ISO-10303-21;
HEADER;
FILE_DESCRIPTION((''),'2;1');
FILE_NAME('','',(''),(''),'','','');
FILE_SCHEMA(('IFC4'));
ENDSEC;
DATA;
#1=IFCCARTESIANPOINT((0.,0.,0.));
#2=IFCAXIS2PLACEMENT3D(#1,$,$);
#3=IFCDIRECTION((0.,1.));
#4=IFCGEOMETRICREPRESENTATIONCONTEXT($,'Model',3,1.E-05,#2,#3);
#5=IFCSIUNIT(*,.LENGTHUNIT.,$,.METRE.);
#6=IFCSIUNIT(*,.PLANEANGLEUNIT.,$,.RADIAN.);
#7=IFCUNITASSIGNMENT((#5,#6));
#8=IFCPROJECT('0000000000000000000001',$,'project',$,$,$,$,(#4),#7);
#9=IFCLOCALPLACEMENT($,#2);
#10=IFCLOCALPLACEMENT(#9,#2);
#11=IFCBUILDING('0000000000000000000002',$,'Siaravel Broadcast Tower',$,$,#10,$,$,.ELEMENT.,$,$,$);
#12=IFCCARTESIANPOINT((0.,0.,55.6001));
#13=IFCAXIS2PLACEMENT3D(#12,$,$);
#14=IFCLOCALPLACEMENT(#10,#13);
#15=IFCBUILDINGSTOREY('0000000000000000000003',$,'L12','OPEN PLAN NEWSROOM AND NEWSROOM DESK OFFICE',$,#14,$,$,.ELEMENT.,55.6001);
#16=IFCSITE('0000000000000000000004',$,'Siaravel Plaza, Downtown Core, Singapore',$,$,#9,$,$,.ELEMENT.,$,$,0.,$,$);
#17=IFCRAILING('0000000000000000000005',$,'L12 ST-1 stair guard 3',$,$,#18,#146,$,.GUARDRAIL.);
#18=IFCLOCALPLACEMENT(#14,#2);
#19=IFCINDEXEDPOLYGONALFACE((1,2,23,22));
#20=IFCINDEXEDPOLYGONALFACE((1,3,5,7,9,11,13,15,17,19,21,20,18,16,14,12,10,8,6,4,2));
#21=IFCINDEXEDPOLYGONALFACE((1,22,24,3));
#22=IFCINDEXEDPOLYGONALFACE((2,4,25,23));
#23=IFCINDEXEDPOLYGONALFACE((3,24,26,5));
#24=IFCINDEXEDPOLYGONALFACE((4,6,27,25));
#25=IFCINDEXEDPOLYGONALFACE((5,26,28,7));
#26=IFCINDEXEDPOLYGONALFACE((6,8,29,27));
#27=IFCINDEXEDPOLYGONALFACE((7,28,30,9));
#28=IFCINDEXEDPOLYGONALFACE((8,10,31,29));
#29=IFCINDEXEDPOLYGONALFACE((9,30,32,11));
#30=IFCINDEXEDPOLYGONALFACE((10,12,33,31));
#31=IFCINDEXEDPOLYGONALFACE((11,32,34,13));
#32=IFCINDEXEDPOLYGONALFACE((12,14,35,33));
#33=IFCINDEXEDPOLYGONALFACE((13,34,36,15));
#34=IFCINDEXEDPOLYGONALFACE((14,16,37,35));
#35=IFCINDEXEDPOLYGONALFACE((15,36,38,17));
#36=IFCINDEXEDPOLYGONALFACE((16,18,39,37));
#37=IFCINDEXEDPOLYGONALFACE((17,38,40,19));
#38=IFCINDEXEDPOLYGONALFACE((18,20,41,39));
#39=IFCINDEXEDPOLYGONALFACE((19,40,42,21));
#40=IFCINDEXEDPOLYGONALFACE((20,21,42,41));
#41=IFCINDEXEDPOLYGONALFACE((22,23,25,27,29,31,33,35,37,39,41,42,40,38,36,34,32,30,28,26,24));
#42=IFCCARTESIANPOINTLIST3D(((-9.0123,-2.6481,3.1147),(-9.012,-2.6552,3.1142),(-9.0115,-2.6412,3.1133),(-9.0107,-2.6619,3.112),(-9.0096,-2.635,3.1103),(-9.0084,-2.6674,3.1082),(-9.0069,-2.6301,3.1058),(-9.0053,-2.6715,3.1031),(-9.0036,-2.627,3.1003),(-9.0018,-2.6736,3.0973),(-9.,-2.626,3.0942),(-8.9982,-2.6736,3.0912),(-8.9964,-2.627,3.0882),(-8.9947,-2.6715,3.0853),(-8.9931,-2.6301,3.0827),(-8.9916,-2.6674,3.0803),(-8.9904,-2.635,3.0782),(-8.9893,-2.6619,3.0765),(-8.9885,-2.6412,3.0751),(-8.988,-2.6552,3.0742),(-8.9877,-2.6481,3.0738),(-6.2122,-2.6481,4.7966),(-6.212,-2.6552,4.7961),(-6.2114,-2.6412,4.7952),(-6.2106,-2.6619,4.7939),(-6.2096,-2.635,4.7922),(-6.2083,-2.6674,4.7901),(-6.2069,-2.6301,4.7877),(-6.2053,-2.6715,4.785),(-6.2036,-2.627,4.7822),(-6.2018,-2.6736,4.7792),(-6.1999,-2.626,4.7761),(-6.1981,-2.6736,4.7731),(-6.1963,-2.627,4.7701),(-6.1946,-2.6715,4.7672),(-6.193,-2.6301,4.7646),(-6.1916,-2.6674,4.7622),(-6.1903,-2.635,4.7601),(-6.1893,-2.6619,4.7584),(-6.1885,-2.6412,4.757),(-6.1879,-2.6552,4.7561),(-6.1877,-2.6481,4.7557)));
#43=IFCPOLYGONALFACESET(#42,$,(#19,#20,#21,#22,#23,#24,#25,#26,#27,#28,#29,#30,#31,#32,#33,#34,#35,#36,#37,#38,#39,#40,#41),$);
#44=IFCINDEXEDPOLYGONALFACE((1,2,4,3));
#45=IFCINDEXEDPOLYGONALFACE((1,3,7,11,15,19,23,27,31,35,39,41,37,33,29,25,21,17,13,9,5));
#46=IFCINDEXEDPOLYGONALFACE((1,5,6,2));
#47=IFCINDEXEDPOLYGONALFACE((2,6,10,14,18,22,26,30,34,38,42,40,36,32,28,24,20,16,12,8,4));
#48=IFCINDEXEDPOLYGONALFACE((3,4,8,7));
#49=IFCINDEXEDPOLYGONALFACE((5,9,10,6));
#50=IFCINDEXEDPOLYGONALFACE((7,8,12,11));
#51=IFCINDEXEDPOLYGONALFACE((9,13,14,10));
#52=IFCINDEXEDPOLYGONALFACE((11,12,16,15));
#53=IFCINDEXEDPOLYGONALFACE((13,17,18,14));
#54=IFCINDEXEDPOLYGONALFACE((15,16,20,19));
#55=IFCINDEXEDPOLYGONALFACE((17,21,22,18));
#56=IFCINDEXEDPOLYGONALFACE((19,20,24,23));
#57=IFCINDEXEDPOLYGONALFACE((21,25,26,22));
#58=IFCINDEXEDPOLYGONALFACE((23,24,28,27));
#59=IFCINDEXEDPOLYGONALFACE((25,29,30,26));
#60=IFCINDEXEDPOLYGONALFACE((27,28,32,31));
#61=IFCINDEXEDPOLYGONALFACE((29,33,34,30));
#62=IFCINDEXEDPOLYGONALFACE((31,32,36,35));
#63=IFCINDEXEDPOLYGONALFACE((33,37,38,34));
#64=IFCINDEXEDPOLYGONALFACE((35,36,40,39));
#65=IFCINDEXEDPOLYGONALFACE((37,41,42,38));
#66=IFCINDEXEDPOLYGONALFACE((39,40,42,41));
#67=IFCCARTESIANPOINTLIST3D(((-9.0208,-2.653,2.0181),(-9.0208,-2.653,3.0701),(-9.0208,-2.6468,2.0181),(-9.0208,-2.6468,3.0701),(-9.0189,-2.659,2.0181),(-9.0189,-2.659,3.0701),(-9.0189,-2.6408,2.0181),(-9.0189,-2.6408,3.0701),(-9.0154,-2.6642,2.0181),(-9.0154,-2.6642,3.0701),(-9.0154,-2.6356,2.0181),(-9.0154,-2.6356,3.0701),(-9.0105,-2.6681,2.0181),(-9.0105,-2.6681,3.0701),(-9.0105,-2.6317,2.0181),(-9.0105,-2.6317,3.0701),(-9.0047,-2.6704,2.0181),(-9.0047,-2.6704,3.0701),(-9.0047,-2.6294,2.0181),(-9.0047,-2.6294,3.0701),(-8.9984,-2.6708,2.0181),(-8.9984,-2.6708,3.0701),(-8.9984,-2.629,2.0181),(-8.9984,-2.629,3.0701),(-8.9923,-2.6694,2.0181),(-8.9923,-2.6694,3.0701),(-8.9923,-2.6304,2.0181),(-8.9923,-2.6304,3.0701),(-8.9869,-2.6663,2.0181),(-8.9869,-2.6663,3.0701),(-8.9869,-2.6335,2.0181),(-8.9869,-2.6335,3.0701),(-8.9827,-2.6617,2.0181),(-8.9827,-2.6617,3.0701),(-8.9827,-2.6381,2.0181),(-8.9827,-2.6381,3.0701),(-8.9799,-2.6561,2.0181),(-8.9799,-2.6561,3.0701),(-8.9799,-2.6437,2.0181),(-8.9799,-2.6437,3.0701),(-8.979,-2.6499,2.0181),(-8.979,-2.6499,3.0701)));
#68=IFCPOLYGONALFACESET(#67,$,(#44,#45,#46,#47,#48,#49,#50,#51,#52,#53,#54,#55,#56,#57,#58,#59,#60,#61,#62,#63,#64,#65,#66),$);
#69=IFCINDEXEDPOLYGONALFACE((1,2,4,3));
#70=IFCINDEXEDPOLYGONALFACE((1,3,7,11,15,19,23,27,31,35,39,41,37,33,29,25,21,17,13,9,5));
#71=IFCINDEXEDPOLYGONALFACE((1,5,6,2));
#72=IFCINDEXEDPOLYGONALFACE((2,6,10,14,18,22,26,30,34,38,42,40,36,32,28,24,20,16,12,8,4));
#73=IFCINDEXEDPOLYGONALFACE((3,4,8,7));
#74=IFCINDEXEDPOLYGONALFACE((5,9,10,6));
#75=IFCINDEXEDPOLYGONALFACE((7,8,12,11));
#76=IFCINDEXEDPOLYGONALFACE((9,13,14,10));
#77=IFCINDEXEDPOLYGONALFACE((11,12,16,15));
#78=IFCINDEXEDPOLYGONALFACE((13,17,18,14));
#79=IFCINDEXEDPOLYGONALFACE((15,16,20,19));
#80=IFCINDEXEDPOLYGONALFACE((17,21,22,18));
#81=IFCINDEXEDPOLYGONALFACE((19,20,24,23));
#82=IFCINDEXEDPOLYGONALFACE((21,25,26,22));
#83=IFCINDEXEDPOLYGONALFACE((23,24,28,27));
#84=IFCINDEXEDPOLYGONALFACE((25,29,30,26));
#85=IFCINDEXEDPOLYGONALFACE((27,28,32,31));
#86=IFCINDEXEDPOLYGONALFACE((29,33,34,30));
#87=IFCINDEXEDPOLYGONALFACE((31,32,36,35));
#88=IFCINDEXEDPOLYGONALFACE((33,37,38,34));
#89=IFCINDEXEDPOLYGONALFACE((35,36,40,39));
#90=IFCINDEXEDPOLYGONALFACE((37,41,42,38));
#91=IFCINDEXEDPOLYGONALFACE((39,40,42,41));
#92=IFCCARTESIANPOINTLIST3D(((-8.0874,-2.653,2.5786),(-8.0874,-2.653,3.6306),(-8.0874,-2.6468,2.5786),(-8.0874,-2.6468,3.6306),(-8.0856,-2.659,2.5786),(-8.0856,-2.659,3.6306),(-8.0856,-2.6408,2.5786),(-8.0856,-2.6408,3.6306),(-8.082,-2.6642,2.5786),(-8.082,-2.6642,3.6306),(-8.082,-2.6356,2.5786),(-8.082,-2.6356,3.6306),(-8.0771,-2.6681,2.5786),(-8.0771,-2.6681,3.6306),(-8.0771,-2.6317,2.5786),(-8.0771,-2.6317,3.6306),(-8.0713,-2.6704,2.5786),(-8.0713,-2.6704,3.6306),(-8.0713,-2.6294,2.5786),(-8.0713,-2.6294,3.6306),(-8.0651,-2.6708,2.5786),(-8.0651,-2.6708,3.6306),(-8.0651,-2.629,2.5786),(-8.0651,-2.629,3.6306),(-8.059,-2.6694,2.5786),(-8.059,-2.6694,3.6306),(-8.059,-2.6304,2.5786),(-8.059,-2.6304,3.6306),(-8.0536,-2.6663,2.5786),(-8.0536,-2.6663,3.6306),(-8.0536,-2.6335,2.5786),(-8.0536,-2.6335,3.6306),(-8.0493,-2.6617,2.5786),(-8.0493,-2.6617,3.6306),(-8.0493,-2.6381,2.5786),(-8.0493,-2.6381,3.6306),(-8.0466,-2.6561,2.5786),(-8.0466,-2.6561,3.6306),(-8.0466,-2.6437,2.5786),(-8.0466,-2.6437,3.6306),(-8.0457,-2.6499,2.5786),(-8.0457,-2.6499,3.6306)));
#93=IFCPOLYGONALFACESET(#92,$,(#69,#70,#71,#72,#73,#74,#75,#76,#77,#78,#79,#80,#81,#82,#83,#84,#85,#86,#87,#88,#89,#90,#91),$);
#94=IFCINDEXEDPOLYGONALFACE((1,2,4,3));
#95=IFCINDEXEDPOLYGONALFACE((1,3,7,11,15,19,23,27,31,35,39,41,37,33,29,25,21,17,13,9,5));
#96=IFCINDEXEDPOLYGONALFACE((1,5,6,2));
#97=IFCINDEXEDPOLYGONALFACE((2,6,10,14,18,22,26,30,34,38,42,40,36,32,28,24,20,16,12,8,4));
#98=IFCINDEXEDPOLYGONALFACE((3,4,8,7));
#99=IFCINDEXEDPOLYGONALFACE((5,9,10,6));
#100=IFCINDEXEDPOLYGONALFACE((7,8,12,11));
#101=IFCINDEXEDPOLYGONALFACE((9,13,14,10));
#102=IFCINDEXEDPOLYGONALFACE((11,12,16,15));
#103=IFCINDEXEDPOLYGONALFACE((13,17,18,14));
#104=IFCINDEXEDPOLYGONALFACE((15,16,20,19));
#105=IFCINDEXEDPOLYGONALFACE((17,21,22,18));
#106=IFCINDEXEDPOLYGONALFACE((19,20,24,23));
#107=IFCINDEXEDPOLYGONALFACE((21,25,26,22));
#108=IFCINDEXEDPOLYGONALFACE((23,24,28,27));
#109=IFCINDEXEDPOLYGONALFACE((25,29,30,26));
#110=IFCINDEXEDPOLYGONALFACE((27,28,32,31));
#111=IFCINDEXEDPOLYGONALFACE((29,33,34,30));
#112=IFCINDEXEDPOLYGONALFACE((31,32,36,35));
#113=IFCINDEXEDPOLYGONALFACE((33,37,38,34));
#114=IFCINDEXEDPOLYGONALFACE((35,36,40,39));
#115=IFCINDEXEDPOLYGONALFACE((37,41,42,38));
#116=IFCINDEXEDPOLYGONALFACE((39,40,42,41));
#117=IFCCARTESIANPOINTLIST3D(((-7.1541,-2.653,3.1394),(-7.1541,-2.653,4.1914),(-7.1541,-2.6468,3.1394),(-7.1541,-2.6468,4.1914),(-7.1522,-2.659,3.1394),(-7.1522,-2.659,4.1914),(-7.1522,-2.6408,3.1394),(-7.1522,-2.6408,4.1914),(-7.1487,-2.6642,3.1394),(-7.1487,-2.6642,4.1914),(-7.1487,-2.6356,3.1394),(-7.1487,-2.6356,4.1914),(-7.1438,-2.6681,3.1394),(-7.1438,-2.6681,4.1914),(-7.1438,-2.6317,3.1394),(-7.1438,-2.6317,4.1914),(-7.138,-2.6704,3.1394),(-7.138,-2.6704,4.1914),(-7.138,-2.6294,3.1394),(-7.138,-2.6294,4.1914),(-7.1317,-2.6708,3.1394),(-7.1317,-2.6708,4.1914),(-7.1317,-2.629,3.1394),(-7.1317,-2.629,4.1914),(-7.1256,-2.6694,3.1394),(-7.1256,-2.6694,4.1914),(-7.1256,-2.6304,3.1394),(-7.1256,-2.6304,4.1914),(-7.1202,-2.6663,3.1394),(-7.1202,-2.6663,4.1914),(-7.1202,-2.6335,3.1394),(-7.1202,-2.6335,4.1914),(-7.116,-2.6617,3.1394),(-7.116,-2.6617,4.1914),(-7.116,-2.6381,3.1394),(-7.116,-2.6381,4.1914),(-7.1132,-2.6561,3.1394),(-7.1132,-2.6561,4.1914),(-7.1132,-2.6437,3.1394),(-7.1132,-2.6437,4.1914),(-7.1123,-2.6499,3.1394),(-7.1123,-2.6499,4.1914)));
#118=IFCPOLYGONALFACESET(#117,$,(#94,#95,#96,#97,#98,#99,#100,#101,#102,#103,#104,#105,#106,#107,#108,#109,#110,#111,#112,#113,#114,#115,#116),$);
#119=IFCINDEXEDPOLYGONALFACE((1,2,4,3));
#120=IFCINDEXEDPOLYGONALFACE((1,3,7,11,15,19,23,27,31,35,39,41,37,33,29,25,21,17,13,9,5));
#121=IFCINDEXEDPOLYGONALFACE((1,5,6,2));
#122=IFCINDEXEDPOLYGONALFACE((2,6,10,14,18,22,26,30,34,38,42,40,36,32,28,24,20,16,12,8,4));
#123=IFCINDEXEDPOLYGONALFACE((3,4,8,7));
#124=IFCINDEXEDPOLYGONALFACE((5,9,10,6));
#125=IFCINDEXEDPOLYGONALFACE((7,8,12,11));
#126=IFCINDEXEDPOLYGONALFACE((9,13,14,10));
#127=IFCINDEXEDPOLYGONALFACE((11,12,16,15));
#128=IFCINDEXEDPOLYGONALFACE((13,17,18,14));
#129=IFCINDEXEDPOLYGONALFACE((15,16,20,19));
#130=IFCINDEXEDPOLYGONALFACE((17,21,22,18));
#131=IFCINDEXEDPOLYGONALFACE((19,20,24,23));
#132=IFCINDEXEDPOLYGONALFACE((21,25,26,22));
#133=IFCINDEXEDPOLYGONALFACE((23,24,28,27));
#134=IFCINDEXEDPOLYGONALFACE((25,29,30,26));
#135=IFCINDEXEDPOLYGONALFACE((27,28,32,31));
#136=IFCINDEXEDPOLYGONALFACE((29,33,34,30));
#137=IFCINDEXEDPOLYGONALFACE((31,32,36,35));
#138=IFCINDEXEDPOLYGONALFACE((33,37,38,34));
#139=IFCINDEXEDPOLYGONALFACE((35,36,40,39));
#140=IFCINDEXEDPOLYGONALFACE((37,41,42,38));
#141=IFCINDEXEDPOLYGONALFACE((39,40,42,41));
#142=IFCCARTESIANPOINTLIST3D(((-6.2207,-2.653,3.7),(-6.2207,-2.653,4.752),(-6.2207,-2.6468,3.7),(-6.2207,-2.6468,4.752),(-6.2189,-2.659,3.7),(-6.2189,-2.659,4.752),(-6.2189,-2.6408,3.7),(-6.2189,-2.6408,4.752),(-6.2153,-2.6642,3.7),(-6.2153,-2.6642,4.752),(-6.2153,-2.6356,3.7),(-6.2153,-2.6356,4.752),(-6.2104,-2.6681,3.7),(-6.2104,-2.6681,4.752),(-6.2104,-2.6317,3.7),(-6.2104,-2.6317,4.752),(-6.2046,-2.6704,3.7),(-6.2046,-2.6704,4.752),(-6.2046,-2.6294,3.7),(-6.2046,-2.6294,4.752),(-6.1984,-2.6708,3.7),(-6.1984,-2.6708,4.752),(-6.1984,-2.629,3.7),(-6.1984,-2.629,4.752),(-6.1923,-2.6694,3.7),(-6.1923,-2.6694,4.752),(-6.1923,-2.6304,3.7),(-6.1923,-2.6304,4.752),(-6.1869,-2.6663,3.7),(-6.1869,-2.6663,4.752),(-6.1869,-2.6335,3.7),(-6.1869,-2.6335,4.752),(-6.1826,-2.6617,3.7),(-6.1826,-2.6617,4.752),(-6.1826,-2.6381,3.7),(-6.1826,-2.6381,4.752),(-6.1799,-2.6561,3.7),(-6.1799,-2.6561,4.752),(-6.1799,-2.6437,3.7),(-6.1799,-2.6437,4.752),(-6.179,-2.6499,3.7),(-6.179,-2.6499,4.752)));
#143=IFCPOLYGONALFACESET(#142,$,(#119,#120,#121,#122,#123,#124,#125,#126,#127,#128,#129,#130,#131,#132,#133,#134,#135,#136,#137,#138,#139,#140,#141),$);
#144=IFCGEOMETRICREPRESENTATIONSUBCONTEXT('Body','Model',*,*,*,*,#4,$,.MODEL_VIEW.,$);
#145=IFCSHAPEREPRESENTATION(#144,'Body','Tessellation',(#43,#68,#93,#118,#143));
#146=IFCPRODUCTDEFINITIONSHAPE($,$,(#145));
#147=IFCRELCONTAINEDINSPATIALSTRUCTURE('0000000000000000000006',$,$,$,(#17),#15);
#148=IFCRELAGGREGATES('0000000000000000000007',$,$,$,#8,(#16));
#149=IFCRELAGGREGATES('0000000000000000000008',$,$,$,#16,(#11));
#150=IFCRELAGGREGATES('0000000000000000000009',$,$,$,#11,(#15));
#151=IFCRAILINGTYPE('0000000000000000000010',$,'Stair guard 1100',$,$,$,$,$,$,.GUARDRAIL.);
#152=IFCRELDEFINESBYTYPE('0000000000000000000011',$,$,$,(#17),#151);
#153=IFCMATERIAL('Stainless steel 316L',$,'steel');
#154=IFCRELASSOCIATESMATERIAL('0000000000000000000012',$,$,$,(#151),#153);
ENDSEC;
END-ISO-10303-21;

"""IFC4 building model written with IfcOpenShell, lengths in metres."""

from ifc_helpers import new_model, si_unit, direction, frame, origin, origin_2d, place, context, subcontext, project, spatial, circle, extrude, material, type_object, element, save


model = new_model("IFC4")

# Units and contexts
model_context = context("Model", 3, precision=1e-05, world=origin(), true_north=direction((0.0, 1.0)))
body_context = subcontext(model_context, "Body", "Model", "MODEL_VIEW")
ifc_project = project(units=[si_unit("LENGTHUNIT", "METRE"), si_unit("PLANEANGLEUNIT", "RADIAN")], contexts=[model_context])

# Site, building, storey
site_placement = place(None, origin())
site = spatial("IfcSite", under=ifc_project, at=site_placement, Name="Siaravel Plaza, Downtown Core, Singapore", CompositionType="ELEMENT", RefElevation=0.0)
building_placement = place(site_placement, origin())
building = spatial("IfcBuilding", under=site, at=building_placement, Name="Siaravel Broadcast Tower", CompositionType="ELEMENT")
storey_placement = place(building_placement, frame((0.0, 0.0, 55.6001)))
storey = spatial("IfcBuildingStorey", under=building, at=storey_placement, Name="L12", Description="OPEN PLAN NEWSROOM AND NEWSROOM DESK OFFICE", CompositionType="ELEMENT", Elevation=55.6001)

# Railing
ifc_material_1 = material(Name="Stainless steel 316L", Category="steel")
railing_type_1 = type_object("IfcRailingType", Name="Stair guard 1100", PredefinedType="GUARDRAIL", material=ifc_material_1)
railing_1_placement = place(storey_placement, frame((-9.0, -2.6499, 2.0181)))
element("IfcRailing", 1, at=railing_1_placement, inside=storey, type_object=railing_type_1, Name="L12 ST-1 stair guard 3", PredefinedType="GUARDRAIL", context=body_context, shape_type="SweptSolid", body=[
    extrude(circle(Radius=0.0239, at=origin_2d()), frame((0.0, 0.0, 1.0762), z_axis=(0.857242, 0.0, 0.514913), x_axis=(0.0, 1.0, 0.0)), (0.0, 0.0, 1.0), 3.2664),
    extrude(circle(Radius=0.021, at=origin_2d()), origin(), (0.0, 0.0, 1.0), 1.052),
    extrude(circle(Radius=0.021, at=origin_2d()), frame((0.9333, 0.0, 0.5605)), (0.0, 0.0, 1.0), 1.052),
    extrude(circle(Radius=0.021, at=origin_2d()), frame((1.8667, 0.0, 1.1213)), (0.0, 0.0, 1.0), 1.052),
    extrude(circle(Radius=0.021, at=origin_2d()), frame((2.8, 0.0, 1.6819)), (0.0, 0.0, 1.0), 1.052),
])

save(model, "model.ifc")
